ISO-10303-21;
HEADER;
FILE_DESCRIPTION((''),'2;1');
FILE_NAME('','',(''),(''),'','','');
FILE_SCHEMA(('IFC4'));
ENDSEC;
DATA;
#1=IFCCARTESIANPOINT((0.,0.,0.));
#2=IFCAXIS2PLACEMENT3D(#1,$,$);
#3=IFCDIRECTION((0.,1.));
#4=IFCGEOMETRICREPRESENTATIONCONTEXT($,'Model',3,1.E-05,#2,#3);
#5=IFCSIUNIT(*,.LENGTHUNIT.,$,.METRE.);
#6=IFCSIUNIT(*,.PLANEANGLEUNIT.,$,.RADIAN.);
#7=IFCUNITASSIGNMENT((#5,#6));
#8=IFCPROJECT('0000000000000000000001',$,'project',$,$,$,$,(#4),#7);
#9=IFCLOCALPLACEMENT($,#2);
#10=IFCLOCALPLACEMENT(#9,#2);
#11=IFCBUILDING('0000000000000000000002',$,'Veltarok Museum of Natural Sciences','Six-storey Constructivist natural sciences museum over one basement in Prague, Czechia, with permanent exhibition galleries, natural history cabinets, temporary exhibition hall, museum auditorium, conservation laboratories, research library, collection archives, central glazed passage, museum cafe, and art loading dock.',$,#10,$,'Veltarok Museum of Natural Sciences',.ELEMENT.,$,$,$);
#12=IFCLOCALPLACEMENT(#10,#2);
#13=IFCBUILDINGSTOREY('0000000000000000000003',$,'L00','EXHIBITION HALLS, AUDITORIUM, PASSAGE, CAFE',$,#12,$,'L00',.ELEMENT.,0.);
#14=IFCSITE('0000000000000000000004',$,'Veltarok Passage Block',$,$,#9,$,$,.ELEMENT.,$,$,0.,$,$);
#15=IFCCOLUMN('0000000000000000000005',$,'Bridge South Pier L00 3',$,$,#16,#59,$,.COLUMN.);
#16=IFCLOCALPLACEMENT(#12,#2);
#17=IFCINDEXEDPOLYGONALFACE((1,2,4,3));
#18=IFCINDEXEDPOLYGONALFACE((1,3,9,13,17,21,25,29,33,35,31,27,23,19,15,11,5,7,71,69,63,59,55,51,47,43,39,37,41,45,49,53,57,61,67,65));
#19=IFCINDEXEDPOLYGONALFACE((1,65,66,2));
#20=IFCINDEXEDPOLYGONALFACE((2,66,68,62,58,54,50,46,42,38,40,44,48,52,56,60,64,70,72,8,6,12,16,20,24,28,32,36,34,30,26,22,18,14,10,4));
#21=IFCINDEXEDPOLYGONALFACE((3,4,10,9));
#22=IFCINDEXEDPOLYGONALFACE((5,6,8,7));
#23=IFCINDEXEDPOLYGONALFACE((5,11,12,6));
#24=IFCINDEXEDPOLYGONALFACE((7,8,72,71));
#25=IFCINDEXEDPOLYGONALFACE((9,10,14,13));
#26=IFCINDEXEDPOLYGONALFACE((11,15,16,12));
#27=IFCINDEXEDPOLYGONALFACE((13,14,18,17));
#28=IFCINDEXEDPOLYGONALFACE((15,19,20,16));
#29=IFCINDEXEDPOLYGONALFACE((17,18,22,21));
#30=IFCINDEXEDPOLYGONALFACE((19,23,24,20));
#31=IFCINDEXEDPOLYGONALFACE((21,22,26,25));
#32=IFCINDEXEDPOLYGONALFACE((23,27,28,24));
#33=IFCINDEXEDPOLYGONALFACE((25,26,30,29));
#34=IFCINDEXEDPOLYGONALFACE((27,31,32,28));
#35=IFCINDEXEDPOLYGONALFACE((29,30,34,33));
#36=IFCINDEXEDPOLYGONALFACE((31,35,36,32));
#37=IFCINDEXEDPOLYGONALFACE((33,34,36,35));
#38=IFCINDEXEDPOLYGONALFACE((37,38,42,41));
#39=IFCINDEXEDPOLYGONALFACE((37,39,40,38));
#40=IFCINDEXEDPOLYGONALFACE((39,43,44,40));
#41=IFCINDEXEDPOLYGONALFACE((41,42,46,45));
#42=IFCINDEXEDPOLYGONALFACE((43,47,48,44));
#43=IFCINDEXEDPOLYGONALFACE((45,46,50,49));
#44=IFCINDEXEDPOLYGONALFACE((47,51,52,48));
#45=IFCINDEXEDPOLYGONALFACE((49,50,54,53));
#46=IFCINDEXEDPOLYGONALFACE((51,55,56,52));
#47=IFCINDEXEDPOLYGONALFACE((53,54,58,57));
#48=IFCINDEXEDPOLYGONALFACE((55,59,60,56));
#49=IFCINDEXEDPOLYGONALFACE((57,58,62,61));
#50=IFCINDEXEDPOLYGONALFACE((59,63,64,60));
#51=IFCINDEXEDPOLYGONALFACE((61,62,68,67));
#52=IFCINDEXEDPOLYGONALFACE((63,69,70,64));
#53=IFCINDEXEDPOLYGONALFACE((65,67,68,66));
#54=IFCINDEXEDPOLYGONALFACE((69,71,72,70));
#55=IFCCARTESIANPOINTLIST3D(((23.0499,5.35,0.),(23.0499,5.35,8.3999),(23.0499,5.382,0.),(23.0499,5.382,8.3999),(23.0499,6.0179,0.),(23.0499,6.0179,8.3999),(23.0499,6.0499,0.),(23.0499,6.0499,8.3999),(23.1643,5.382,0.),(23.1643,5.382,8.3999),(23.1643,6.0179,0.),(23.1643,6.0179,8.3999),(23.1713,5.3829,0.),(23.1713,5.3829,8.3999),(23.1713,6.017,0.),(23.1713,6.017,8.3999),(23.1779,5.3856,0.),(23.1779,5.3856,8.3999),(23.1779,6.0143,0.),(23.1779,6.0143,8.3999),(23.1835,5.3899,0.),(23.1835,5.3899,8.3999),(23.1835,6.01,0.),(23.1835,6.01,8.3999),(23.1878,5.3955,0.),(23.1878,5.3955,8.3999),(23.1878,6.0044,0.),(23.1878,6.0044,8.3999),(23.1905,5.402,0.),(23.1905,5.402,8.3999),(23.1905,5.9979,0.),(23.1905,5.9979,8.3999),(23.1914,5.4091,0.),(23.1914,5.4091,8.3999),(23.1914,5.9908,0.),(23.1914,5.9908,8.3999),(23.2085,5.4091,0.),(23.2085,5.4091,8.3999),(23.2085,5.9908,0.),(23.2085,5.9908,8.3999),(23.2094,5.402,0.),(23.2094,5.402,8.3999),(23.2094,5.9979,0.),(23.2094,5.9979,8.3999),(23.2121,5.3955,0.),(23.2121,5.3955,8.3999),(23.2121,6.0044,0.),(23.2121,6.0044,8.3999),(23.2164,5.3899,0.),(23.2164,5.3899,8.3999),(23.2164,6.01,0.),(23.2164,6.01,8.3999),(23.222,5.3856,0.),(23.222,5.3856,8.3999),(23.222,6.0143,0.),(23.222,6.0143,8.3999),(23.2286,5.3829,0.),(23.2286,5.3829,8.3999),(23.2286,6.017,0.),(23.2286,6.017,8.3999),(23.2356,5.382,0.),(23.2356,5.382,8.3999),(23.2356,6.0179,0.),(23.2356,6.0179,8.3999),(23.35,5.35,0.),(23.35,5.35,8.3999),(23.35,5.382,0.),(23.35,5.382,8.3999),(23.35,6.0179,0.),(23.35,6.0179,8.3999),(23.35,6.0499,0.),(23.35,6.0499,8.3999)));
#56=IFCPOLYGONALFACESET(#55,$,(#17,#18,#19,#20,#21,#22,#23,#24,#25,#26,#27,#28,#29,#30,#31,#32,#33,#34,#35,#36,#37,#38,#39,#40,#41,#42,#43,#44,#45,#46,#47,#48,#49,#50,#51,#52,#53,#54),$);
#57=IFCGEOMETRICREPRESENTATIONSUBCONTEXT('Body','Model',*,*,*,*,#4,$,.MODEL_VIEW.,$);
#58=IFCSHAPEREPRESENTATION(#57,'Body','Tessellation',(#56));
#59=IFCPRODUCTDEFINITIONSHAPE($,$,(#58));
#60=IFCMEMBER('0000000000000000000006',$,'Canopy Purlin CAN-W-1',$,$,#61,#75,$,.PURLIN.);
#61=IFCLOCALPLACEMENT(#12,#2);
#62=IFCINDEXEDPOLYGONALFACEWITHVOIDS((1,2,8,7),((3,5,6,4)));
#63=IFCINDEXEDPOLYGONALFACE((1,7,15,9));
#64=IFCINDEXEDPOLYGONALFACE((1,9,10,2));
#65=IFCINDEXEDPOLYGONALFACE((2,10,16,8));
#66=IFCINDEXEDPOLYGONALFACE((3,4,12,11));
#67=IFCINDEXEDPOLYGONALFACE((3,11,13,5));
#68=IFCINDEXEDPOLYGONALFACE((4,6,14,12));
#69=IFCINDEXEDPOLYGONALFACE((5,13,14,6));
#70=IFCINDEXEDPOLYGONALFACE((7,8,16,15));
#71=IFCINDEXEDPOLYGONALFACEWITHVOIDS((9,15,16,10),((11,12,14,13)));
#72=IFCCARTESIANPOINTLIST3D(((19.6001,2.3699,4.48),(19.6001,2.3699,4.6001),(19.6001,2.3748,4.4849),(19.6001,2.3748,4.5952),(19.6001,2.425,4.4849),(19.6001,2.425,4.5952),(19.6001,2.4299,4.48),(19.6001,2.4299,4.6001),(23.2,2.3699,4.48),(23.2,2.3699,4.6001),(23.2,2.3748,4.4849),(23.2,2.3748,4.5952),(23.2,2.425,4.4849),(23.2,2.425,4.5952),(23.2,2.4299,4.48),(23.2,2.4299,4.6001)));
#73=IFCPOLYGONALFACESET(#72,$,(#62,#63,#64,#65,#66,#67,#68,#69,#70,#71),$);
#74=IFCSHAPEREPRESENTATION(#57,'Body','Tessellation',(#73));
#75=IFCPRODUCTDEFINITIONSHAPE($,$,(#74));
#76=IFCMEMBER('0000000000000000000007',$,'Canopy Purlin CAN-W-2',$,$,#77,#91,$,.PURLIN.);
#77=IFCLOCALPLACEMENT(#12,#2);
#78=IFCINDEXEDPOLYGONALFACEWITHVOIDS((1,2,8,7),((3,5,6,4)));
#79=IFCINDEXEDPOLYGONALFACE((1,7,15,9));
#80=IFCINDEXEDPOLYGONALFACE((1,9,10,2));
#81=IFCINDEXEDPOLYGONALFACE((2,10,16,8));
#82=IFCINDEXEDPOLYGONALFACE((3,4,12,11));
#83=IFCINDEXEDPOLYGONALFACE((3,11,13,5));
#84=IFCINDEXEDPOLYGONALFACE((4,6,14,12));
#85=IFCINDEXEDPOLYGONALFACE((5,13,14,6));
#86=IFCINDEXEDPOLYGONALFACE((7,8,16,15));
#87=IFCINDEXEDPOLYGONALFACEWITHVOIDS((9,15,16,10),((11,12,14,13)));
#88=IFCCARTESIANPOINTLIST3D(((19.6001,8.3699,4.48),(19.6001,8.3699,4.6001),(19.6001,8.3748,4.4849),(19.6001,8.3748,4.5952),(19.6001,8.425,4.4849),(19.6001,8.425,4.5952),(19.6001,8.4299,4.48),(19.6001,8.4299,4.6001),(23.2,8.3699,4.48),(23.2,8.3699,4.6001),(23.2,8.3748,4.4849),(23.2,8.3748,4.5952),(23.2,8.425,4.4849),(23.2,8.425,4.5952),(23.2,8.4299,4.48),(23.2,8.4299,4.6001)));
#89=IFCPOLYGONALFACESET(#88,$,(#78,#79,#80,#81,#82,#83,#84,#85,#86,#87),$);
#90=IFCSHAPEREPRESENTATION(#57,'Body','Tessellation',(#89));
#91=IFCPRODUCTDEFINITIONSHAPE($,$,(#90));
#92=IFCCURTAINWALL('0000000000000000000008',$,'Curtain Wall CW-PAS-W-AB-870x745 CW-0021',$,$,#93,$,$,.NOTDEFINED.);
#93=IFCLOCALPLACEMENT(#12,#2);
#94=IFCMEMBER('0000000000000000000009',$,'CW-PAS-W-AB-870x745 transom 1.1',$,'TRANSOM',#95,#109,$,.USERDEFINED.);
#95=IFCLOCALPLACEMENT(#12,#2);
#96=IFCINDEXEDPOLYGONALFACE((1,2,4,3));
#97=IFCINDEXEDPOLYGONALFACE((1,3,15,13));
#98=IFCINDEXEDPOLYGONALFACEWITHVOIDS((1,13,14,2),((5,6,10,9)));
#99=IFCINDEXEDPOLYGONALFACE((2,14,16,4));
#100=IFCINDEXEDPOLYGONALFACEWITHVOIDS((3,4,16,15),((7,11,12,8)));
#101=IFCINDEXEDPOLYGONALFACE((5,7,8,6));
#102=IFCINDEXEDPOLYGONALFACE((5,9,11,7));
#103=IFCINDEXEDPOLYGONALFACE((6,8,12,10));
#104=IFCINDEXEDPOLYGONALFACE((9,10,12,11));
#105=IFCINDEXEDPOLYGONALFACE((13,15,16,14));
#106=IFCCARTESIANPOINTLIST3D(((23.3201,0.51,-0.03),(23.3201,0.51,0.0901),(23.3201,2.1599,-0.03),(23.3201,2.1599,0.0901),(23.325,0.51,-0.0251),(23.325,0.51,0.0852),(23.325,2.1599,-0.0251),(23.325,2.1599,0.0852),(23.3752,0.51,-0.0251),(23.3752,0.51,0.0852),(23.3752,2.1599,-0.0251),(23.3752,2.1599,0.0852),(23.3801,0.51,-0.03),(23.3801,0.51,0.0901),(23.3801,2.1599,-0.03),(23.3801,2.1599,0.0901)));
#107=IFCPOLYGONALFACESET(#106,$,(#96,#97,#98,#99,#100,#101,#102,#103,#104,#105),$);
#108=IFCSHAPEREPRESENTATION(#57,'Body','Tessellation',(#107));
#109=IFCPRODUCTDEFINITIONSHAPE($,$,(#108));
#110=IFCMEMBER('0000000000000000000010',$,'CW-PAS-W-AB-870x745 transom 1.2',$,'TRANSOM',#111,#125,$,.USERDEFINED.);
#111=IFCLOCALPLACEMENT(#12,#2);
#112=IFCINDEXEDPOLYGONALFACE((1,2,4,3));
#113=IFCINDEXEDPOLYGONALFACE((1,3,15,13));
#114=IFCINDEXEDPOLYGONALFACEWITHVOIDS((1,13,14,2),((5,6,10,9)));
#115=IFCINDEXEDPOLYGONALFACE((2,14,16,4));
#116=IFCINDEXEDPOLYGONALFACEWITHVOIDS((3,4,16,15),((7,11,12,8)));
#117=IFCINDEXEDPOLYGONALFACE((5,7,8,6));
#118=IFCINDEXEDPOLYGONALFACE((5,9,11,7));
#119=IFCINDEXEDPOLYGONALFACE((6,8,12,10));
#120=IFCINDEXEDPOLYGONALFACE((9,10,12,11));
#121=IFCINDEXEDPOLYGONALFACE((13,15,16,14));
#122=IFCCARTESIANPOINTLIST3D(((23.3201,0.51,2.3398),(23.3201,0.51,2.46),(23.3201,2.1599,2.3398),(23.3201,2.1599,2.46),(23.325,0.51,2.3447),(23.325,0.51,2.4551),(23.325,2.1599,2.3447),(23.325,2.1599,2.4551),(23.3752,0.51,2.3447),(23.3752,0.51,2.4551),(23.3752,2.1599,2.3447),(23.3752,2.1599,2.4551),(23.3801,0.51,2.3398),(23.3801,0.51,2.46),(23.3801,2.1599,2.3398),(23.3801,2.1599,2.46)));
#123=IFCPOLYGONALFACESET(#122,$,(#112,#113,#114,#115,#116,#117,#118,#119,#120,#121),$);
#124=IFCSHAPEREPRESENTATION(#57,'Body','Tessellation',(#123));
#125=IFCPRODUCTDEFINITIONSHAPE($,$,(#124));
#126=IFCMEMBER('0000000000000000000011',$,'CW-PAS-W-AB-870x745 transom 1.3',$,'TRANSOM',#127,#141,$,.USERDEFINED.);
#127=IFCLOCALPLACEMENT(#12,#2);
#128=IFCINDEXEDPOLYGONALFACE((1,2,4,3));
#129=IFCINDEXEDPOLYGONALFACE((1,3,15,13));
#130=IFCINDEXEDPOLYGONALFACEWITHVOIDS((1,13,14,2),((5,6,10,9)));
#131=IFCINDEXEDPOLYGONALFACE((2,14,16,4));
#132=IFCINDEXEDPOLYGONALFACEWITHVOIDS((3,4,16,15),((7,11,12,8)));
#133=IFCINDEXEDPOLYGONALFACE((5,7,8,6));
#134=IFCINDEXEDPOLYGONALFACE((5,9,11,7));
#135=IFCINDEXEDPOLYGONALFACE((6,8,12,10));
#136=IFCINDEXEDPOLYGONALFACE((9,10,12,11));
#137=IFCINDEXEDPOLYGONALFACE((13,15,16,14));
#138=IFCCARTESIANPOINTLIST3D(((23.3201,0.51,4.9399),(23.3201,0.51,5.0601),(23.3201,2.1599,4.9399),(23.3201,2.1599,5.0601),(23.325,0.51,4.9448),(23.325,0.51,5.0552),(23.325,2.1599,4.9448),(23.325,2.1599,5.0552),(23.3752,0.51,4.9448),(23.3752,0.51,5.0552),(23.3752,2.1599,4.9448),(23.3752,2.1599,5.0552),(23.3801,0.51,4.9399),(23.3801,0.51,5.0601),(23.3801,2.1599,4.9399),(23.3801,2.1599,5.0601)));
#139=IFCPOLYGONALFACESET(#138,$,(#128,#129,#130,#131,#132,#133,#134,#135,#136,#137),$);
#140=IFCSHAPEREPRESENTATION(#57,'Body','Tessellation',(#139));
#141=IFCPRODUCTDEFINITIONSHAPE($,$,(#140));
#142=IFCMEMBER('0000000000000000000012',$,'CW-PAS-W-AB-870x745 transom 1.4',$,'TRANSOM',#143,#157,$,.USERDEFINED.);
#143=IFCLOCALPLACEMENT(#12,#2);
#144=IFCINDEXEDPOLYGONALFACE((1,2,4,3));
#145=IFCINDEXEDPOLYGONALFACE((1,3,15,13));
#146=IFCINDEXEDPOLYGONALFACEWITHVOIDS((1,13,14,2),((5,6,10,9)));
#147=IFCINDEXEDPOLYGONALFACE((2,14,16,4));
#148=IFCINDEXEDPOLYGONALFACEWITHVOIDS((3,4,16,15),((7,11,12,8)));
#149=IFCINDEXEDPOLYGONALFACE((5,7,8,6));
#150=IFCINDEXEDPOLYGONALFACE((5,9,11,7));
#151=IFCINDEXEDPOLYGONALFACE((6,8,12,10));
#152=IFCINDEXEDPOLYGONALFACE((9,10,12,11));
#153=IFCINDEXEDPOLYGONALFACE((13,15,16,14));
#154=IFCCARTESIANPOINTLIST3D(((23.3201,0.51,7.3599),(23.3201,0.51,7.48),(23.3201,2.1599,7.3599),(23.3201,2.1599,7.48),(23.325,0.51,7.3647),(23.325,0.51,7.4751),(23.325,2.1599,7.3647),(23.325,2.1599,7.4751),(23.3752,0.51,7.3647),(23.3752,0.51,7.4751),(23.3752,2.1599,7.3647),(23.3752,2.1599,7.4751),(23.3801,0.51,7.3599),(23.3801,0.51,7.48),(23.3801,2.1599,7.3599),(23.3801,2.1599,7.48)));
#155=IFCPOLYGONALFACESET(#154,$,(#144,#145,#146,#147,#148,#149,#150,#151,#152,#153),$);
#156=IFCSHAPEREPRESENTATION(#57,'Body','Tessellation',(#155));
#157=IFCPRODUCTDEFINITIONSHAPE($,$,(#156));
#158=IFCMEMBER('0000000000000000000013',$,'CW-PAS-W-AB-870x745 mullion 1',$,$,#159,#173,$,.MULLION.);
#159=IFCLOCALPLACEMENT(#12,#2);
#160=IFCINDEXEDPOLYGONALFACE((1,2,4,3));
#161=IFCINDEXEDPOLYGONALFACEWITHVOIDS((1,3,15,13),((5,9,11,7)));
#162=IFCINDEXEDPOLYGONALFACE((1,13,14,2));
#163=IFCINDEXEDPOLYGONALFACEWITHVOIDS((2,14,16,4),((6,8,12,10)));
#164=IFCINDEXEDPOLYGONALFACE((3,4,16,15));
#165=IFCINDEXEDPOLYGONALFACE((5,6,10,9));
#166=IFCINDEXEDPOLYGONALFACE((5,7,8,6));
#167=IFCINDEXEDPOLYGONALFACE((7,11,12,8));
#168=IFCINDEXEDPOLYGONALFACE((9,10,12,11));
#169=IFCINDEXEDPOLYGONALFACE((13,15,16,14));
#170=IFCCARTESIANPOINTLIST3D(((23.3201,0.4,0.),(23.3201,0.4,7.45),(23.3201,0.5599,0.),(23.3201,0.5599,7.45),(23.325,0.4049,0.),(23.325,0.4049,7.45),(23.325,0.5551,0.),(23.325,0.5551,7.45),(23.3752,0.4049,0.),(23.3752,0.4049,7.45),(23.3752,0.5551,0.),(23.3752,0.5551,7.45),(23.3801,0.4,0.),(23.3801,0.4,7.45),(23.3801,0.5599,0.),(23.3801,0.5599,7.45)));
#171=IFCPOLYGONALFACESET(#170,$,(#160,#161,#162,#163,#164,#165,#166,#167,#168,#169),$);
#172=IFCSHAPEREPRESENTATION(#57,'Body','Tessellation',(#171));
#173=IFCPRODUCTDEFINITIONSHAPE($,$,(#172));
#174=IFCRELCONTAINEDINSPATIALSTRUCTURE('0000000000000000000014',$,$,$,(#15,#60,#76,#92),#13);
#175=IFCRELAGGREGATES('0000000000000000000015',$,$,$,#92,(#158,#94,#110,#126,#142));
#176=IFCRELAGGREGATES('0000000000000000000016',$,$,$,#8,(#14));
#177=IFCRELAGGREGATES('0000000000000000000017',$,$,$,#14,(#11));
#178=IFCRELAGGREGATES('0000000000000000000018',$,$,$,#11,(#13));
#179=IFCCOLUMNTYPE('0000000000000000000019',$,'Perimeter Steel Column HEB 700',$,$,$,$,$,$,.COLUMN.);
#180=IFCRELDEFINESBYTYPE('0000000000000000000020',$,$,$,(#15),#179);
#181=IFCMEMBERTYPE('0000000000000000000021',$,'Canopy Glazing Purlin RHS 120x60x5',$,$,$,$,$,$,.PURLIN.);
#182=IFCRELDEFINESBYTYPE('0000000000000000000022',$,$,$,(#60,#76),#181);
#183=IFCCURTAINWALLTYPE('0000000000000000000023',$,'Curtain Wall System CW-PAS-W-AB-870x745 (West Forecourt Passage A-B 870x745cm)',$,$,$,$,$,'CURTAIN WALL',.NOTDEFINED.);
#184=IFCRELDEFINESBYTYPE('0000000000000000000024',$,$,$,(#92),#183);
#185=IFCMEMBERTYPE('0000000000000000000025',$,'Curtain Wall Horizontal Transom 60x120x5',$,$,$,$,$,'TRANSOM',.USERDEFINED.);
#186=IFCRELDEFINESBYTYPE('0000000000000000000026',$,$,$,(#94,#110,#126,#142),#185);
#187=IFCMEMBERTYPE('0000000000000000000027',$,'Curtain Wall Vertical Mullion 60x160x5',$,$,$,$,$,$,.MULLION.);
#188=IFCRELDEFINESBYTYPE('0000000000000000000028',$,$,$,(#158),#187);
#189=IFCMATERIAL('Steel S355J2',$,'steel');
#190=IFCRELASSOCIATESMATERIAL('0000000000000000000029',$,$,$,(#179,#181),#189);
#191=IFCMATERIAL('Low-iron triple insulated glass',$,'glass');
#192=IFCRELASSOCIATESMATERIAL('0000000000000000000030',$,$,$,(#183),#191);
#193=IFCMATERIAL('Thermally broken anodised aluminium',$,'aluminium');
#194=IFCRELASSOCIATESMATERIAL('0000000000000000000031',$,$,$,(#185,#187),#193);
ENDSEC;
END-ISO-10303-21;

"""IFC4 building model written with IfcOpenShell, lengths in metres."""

from ifc_helpers import new_model, si_unit, direction, frame, origin, origin_2d, place, context, subcontext, project, spatial, hollow_rectangle, i_section, extrude, material, material_profile, profile_set, type_object, element, aggregate, save


model = new_model("IFC4")

# Units and contexts
model_context = context("Model", 3, precision=1e-05, world=origin(), true_north=direction((0.0, 1.0)))
body_context = subcontext(model_context, "Body", "Model", "MODEL_VIEW")
ifc_project = project(units=[si_unit("LENGTHUNIT", "METRE"), si_unit("PLANEANGLEUNIT", "RADIAN")], contexts=[model_context])

# Site, building, storey
site_placement = place(None, origin())
site = spatial("IfcSite", under=ifc_project, at=site_placement, Name="Veltarok Passage Block", CompositionType="ELEMENT", RefElevation=0.0)
building_placement = place(site_placement, origin())
building = spatial("IfcBuilding", under=site, at=building_placement, Name="Veltarok Museum of Natural Sciences", Description="Six-storey Constructivist natural sciences museum over one basement in Prague, Czechia, with permanent exhibition galleries, natural history cabinets, temporary exhibition hall, museum auditorium, conservation laboratories, research library, collection archives, central glazed passage, museum cafe, and art loading dock.", LongName="Veltarok Museum of Natural Sciences", CompositionType="ELEMENT")
storey_placement = place(building_placement, origin())
storey = spatial("IfcBuildingStorey", under=building, at=storey_placement, Name="L00", Description="EXHIBITION HALLS, AUDITORIUM, PASSAGE, CAFE", LongName="L00", CompositionType="ELEMENT", Elevation=0.0)

# Column
ifc_material_1 = material(Name="Steel S355J2", Category="steel")
ifc_material_profile_1 = material_profile(ifc_material_1, i_section(OverallWidth=0.3, OverallDepth=0.7, WebThickness=0.0171, FlangeThickness=0.032, FilletRadius=0.0271, at=origin_2d()), Name="HEB 700")
ifc_profile_set_1 = profile_set([ifc_material_profile_1], Name="Steel S355J2")
column_type_1 = type_object("IfcColumnType", Name="Perimeter Steel Column HEB 700", PredefinedType="COLUMN", material=ifc_profile_set_1)
for number, where, z_axis, x_axis, name in (
    (1, (23.2, 5.7, 0.0), (0.0, 0.0, 1.0), (1.0, 0.0, 0.0), "Bridge South Pier L00 3"),
):
    element("IfcColumn", number, at=place(storey_placement, frame(where, z_axis=z_axis, x_axis=x_axis)), inside=storey, type_object=column_type_1, Name=name, PredefinedType="COLUMN", context=body_context, shape_type="SweptSolid", body=[
        extrude(i_section(OverallWidth=0.3, OverallDepth=0.7, WebThickness=0.0171, FlangeThickness=0.032, FilletRadius=0.0271, at=origin_2d()), origin(), (0.0, 0.0, 1.0), 8.3999),
    ])

# Members
ifc_material_profile_2 = material_profile(ifc_material_1, hollow_rectangle(XDim=0.0601, YDim=0.1201, WallThickness=0.0049, at=origin_2d()), Name="RHS 120x60x5")
ifc_profile_set_2 = profile_set([ifc_material_profile_2], Name="Steel S355J2")
member_type_1 = type_object("IfcMemberType", Name="Canopy Glazing Purlin RHS 120x60x5", PredefinedType="PURLIN", material=ifc_profile_set_2)
for number, where, z_axis, x_axis, name in (
    (2, (19.6001, 2.3999, 4.54), (1.0, 0.0, 0.0), (0.0, 1.0, 0.0), "Canopy Purlin CAN-W-1"),
    (3, (19.6001, 8.3999, 4.54), (1.0, 0.0, 0.0), (0.0, 1.0, 0.0), "Canopy Purlin CAN-W-2"),
):
    element("IfcMember", number, at=place(storey_placement, frame(where, z_axis=z_axis, x_axis=x_axis)), inside=storey, type_object=member_type_1, Name=name, PredefinedType="PURLIN", context=body_context, shape_type="SweptSolid", body=[
        extrude(hollow_rectangle(XDim=0.0601, YDim=0.1201, WallThickness=0.0049, at=origin_2d()), origin(), (0.0, 0.0, 1.0), 3.5999),
    ])

# Curtain wall, members
ifc_material_2 = material(Name="Low-iron triple insulated glass", Category="glass")
curtain_wall_type = type_object("IfcCurtainWallType", Name="Curtain Wall System CW-PAS-W-AB-870x745 (West Forecourt Passage A-B 870x745cm)", ElementType="CURTAIN WALL", PredefinedType="NOTDEFINED", material=ifc_material_2)
curtain_wall_placement = place(storey_placement, origin())
curtain_wall = element("IfcCurtainWall", 4, at=curtain_wall_placement, inside=storey, type_object=curtain_wall_type, Name="Curtain Wall CW-PAS-W-AB-870x745 CW-0021", PredefinedType="NOTDEFINED")
ifc_material_3 = material(Name="Thermally broken anodised aluminium", Category="aluminium")
ifc_material_profile_3 = material_profile(ifc_material_3, hollow_rectangle(XDim=0.0601, YDim=0.1201, WallThickness=0.0049, at=origin_2d()), Name="CW TRANSOM 60x120x5")
ifc_profile_set_3 = profile_set([ifc_material_profile_3], Name="Thermally broken anodised aluminium")
member_type_2 = type_object("IfcMemberType", Name="Curtain Wall Horizontal Transom 60x120x5", ElementType="TRANSOM", PredefinedType="USERDEFINED", material=ifc_profile_set_3)
member_1_placement = place(storey_placement, frame((23.3501, 0.51, 0.03), z_axis=(0.0, 1.0, 0.0), x_axis=(-1.0, 0.0, 0.0)))
member_1 = element("IfcMember", 5, at=member_1_placement, type_object=member_type_2, Name="CW-PAS-W-AB-870x745 transom 1.1", ObjectType="TRANSOM", PredefinedType="USERDEFINED", context=body_context, shape_type="SweptSolid", body=[
    extrude(hollow_rectangle(XDim=0.0601, YDim=0.1201, WallThickness=0.0049, at=origin_2d()), origin(), (0.0, 0.0, 1.0), 1.6499),
])
member_2_placement = place(storey_placement, frame((23.3501, 0.51, 2.3999), z_axis=(0.0, 1.0, 0.0), x_axis=(-1.0, 0.0, 0.0)))
member_2 = element("IfcMember", 6, at=member_2_placement, type_object=member_type_2, Name="CW-PAS-W-AB-870x745 transom 1.2", ObjectType="TRANSOM", PredefinedType="USERDEFINED", context=body_context, shape_type="SweptSolid", body=[
    extrude(hollow_rectangle(XDim=0.0601, YDim=0.1201, WallThickness=0.0049, at=origin_2d()), origin(), (0.0, 0.0, 1.0), 1.6499),
])
member_3_placement = place(storey_placement, frame((23.3501, 0.51, 5.0), z_axis=(0.0, 1.0, 0.0), x_axis=(-1.0, 0.0, 0.0)))
member_3 = element("IfcMember", 7, at=member_3_placement, type_object=member_type_2, Name="CW-PAS-W-AB-870x745 transom 1.3", ObjectType="TRANSOM", PredefinedType="USERDEFINED", context=body_context, shape_type="SweptSolid", body=[
    extrude(hollow_rectangle(XDim=0.0601, YDim=0.1201, WallThickness=0.0049, at=origin_2d()), origin(), (0.0, 0.0, 1.0), 1.6499),
])
member_4_placement = place(storey_placement, frame((23.3501, 0.51, 7.4199), z_axis=(0.0, 1.0, 0.0), x_axis=(-1.0, 0.0, 0.0)))
member_4 = element("IfcMember", 8, at=member_4_placement, type_object=member_type_2, Name="CW-PAS-W-AB-870x745 transom 1.4", ObjectType="TRANSOM", PredefinedType="USERDEFINED", context=body_context, shape_type="SweptSolid", body=[
    extrude(hollow_rectangle(XDim=0.0601, YDim=0.1201, WallThickness=0.0049, at=origin_2d()), origin(), (0.0, 0.0, 1.0), 1.6499),
])
ifc_material_profile_4 = material_profile(ifc_material_3, hollow_rectangle(XDim=0.0601, YDim=0.1599, WallThickness=0.0049, at=origin_2d()), Name="CW MULLION 60x160x5")
ifc_profile_set_4 = profile_set([ifc_material_profile_4], Name="Thermally broken anodised aluminium")
member_type_3 = type_object("IfcMemberType", Name="Curtain Wall Vertical Mullion 60x160x5", PredefinedType="MULLION", material=ifc_profile_set_4)
member_5_placement = place(storey_placement, frame((23.3501, 0.48, 0.0), z_axis=(0.0, 0.0, 1.0), x_axis=(-1.0, 0.0, 0.0)))
member_5 = element("IfcMember", 9, at=member_5_placement, type_object=member_type_3, Name="CW-PAS-W-AB-870x745 mullion 1", PredefinedType="MULLION", context=body_context, shape_type="SweptSolid", body=[
    extrude(hollow_rectangle(XDim=0.0601, YDim=0.1599, WallThickness=0.0049, at=origin_2d()), origin(), (0.0, 0.0, 1.0), 7.45),
])
aggregate(curtain_wall, [member_5, member_1, member_2, member_3, member_4])

save(model, "model.ifc")
